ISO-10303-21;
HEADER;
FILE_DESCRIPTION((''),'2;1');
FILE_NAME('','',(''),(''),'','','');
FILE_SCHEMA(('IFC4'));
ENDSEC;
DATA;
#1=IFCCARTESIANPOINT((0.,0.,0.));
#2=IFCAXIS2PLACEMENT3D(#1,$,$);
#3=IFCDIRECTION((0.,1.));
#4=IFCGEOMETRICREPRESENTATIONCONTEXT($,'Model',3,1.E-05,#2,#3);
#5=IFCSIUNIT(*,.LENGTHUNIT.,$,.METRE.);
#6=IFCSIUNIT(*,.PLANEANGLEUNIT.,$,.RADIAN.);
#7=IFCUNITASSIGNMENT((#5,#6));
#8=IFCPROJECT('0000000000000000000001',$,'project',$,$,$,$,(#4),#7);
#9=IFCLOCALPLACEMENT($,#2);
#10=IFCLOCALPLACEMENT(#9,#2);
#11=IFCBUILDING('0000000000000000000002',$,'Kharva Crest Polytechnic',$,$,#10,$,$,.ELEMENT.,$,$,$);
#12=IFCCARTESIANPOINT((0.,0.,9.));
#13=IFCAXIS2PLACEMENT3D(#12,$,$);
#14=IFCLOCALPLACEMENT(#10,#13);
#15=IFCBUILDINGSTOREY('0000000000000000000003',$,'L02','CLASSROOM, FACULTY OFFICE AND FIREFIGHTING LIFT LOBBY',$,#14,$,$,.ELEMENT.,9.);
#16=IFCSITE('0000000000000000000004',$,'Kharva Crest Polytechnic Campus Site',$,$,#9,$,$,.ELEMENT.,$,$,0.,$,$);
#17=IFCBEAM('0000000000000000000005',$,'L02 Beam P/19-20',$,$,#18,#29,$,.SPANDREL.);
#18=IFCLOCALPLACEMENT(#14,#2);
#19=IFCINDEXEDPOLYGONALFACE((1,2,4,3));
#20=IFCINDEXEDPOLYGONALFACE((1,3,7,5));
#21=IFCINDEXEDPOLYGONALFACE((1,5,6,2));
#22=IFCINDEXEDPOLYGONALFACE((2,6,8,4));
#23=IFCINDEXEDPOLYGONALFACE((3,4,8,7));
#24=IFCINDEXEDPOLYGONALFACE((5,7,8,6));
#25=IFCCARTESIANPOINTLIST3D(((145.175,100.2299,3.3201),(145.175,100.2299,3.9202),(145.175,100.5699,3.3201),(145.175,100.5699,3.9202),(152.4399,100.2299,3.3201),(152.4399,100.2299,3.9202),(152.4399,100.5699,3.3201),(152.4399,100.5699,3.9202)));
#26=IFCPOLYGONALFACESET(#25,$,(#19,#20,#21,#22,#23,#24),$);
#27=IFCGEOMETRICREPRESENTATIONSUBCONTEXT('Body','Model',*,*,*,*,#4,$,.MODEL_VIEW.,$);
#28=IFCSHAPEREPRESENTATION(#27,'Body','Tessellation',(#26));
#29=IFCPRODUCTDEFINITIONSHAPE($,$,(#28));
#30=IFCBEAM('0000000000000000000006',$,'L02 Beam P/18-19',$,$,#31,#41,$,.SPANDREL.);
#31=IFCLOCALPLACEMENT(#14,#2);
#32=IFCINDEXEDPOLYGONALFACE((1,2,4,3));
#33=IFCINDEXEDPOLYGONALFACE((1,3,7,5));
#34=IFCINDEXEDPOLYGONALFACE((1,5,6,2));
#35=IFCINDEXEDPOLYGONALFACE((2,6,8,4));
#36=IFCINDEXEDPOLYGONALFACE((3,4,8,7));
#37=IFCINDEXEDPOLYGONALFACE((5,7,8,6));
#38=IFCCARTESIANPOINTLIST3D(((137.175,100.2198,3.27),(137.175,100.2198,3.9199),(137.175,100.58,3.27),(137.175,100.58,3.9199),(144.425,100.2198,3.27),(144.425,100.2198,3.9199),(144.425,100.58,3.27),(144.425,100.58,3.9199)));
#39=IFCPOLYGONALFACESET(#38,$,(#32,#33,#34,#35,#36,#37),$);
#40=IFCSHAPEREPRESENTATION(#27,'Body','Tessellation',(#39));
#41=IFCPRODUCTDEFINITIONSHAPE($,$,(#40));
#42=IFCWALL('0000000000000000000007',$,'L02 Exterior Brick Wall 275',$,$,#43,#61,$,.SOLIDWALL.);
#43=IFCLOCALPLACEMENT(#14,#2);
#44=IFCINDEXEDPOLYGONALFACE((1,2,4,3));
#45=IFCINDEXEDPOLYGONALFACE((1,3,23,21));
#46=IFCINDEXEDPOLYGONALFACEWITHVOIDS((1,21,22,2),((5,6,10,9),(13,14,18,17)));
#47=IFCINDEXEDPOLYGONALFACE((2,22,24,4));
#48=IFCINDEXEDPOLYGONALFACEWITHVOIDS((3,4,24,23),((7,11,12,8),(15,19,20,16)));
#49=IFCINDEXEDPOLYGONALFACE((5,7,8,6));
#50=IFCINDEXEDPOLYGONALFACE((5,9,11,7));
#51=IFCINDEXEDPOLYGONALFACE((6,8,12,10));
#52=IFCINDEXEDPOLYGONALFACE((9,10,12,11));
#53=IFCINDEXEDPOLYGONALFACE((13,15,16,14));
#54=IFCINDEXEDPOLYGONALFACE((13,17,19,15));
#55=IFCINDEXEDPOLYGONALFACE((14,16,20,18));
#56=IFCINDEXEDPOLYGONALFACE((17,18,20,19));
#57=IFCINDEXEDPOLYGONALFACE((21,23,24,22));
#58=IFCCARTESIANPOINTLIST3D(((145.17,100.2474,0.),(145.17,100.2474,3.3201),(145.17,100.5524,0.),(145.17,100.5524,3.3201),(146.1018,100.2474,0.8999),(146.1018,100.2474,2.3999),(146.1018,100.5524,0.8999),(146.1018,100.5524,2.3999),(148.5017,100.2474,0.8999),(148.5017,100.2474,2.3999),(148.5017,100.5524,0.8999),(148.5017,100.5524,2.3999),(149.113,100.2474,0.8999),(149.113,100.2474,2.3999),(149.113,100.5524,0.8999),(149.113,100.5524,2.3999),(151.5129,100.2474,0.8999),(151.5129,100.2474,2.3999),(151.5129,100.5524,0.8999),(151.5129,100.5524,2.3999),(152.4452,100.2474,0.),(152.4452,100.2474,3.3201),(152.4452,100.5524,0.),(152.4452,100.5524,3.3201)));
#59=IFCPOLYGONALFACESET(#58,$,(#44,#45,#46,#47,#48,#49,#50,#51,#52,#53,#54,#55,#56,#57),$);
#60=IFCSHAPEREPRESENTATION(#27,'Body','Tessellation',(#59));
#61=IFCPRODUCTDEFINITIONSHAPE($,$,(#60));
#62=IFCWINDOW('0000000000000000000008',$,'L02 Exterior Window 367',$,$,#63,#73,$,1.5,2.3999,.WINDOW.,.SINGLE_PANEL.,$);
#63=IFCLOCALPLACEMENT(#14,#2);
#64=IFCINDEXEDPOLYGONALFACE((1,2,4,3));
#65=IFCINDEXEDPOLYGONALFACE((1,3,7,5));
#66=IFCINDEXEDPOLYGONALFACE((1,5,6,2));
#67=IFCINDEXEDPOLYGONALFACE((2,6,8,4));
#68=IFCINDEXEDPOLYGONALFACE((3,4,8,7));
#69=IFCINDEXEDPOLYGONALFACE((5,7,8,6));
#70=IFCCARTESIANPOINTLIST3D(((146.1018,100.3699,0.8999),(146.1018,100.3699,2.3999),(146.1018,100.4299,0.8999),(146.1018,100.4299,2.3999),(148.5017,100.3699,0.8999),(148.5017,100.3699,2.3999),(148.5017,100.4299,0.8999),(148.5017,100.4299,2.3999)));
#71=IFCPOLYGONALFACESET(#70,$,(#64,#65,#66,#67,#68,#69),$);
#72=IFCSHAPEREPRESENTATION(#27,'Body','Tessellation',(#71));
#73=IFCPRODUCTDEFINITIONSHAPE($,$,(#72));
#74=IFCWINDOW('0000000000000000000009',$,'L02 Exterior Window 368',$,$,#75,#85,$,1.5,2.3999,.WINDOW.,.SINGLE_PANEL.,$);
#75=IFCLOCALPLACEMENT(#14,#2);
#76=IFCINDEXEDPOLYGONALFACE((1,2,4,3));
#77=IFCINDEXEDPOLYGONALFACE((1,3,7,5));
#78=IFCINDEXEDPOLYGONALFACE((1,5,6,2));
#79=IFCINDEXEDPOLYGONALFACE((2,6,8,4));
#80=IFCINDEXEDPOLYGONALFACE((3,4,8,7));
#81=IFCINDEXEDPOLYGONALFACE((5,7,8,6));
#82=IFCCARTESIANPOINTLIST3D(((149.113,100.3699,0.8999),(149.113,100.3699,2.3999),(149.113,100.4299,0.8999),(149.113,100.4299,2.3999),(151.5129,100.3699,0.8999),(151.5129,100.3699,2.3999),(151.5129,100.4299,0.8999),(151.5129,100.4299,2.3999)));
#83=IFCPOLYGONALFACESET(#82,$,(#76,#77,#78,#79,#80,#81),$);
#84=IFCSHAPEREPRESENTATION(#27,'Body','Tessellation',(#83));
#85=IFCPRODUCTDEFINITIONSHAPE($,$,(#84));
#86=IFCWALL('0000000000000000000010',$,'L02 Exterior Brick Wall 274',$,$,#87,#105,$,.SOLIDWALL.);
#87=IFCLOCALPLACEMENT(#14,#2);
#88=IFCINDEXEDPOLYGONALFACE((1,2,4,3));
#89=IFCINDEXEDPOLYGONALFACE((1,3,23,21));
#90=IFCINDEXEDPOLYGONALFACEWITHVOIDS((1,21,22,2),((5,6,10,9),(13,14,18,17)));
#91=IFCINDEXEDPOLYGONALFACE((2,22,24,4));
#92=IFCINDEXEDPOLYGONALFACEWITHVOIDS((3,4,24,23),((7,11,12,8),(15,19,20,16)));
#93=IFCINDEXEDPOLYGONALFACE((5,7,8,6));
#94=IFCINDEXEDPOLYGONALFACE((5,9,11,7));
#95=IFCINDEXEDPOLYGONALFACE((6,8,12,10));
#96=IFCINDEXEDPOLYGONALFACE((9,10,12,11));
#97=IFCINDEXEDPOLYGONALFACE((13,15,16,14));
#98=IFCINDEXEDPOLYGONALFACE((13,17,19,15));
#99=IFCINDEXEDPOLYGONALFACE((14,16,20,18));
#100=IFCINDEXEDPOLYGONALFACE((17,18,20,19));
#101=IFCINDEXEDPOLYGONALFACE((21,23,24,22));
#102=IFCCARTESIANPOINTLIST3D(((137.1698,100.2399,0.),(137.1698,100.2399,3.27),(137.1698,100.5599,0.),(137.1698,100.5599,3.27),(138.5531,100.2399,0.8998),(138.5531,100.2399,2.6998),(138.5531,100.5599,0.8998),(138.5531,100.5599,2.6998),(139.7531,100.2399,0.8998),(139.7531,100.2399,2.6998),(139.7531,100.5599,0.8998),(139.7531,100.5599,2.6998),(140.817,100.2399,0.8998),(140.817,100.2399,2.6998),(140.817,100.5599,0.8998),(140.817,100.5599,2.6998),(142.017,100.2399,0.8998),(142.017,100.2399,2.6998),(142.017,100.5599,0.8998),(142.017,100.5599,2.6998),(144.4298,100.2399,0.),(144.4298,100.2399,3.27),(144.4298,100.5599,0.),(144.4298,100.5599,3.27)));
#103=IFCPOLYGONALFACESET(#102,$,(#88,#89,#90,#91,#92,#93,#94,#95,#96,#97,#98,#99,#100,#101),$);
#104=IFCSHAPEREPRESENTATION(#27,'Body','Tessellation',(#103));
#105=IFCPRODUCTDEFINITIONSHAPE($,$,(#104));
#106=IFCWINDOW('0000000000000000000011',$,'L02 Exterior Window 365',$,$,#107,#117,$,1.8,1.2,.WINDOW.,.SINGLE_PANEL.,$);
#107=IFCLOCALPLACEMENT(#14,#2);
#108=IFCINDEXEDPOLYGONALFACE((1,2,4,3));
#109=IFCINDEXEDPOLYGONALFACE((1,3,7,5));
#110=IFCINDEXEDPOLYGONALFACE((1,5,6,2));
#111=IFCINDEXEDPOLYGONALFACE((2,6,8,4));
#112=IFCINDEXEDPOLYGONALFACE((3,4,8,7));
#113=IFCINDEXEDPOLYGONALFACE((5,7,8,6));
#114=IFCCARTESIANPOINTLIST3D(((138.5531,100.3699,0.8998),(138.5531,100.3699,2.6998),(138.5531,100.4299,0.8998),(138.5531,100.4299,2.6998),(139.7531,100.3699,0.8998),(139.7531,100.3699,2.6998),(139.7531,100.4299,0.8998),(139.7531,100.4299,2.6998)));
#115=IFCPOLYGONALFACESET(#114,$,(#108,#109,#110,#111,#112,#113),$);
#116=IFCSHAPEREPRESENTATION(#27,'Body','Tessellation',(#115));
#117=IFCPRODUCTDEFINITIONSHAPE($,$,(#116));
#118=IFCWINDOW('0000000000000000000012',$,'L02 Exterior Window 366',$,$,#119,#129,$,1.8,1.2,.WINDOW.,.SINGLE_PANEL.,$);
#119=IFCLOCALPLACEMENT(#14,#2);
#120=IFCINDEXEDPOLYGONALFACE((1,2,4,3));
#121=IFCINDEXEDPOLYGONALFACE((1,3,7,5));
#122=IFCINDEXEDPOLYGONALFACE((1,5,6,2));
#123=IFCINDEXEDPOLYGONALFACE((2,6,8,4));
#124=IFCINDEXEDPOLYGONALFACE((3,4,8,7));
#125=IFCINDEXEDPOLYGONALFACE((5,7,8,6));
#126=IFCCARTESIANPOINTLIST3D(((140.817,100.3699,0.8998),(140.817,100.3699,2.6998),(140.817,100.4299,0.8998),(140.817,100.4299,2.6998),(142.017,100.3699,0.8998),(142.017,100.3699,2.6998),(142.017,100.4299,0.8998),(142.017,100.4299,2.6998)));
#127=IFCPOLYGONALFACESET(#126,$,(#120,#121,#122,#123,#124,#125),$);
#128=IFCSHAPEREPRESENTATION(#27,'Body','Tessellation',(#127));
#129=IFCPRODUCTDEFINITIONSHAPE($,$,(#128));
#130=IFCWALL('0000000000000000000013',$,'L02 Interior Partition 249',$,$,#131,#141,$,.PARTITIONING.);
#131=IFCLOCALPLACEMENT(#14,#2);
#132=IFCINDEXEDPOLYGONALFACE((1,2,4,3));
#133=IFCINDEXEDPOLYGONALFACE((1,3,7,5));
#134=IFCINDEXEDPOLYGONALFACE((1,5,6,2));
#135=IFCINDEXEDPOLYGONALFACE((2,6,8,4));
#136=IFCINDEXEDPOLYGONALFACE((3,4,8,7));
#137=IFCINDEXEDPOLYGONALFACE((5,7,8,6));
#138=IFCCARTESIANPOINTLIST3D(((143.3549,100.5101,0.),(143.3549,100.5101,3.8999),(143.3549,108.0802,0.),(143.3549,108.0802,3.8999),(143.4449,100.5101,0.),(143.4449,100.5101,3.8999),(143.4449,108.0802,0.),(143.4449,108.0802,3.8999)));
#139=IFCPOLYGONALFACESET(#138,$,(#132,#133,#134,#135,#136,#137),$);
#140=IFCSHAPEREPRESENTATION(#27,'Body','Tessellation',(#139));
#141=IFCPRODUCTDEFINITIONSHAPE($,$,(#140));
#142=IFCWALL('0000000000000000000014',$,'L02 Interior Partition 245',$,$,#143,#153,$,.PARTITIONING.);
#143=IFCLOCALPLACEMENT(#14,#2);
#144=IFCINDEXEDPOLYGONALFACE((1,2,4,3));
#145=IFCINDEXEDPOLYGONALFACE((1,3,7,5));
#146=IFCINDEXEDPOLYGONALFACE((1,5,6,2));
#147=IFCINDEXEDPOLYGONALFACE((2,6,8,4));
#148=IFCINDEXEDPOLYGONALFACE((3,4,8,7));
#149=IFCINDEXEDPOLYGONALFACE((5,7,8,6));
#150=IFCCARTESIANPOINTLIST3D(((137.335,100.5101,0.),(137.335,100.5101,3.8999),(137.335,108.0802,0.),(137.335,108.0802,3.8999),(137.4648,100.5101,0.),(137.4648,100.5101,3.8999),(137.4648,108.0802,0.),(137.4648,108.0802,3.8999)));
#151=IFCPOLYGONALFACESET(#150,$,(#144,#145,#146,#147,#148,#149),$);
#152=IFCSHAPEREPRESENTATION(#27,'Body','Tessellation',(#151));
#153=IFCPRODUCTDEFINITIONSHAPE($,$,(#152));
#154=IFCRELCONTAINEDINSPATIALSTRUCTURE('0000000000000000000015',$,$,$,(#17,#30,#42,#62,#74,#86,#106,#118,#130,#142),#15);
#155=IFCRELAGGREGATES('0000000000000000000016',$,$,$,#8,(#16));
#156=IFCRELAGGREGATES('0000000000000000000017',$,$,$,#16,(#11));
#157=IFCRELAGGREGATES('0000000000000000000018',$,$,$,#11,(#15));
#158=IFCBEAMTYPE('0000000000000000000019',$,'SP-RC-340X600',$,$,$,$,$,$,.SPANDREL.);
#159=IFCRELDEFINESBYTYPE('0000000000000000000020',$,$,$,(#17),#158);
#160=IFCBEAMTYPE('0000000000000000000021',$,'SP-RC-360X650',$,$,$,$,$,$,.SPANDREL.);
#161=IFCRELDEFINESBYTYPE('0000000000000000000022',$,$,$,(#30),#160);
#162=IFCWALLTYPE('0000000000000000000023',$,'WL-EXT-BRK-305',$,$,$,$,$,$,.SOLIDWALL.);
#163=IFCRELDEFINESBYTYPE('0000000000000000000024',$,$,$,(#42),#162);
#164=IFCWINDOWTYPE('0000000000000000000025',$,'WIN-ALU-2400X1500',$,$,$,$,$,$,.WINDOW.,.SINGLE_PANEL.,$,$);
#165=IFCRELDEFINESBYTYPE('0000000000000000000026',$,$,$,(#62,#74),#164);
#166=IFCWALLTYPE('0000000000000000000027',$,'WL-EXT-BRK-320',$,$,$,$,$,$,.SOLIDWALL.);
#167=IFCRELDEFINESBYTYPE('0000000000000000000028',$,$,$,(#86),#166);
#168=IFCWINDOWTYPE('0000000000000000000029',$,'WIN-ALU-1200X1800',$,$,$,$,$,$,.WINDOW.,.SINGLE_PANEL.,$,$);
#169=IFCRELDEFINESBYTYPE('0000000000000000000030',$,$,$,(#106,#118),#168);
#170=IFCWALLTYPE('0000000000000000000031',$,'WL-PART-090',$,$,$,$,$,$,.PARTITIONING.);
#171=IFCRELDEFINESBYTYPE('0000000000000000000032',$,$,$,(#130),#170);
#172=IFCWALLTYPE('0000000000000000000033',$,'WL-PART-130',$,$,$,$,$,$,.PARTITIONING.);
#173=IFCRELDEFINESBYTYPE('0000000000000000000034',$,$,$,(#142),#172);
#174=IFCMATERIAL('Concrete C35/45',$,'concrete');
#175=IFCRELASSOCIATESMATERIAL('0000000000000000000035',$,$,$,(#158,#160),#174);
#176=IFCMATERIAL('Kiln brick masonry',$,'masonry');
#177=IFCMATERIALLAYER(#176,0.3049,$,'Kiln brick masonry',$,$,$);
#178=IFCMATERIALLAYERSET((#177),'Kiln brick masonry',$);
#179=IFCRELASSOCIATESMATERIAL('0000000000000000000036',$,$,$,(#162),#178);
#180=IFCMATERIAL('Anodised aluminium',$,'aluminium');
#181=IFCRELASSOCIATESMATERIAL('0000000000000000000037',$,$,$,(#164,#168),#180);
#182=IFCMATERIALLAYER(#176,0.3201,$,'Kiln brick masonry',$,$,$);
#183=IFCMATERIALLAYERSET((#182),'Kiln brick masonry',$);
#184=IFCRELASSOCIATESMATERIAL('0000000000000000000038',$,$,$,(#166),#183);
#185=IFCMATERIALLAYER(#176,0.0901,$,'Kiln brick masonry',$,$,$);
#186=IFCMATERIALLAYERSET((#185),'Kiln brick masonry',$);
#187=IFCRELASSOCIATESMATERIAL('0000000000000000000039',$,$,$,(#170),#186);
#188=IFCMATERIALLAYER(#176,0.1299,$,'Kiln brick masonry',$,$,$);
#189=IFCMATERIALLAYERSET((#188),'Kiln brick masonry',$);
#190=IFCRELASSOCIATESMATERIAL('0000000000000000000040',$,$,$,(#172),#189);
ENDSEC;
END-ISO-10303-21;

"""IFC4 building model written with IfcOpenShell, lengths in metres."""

from ifc_helpers import new_model, si_unit, direction, frame, frame_2d, origin, origin_2d, place, context, subcontext, project, spatial, rectangle, extrude, material, layer, layer_set, material_profile, profile_set, type_object, element, fill, save


model = new_model("IFC4")

# Units and contexts
model_context = context("Model", 3, precision=1e-05, world=origin(), true_north=direction((0.0, 1.0)))
body_context = subcontext(model_context, "Body", "Model", "MODEL_VIEW")
ifc_project = project(units=[si_unit("LENGTHUNIT", "METRE"), si_unit("PLANEANGLEUNIT", "RADIAN")], contexts=[model_context])

# Site, building, storey
site_placement = place(None, origin())
site = spatial("IfcSite", under=ifc_project, at=site_placement, Name="Kharva Crest Polytechnic Campus Site", CompositionType="ELEMENT", RefElevation=0.0)
building_placement = place(site_placement, origin())
building = spatial("IfcBuilding", under=site, at=building_placement, Name="Kharva Crest Polytechnic", CompositionType="ELEMENT")
storey_placement = place(building_placement, frame((0.0, 0.0, 9.0)))
storey = spatial("IfcBuildingStorey", under=building, at=storey_placement, Name="L02", Description="CLASSROOM, FACULTY OFFICE AND FIREFIGHTING LIFT LOBBY", CompositionType="ELEMENT", Elevation=9.0)

# Beams
ifc_material_1 = material(Name="Concrete C35/45", Category="concrete")
ifc_material_profile_1 = material_profile(ifc_material_1, rectangle(XDim=0.3401, YDim=0.6001, at=origin_2d()), Name="RECT 340 X 600")
ifc_profile_set_1 = profile_set([ifc_material_profile_1], Name="Concrete C35/45")
beam_type_1 = type_object("IfcBeamType", Name="SP-RC-340X600", PredefinedType="SPANDREL", material=ifc_profile_set_1)
beam_1_placement = place(storey_placement, frame((145.175, 100.3999, 3.6201), z_axis=(1.0, 0.0, 0.0), x_axis=(0.0, 1.0, 0.0)))
element("IfcBeam", 1, at=beam_1_placement, inside=storey, type_object=beam_type_1, Name="L02 Beam P/19-20", PredefinedType="SPANDREL", context=body_context, shape_type="SweptSolid", body=[
    extrude(rectangle(XDim=0.3401, YDim=0.6001, at=origin_2d()), origin(), (0.0, 0.0, 1.0), 7.2649),
])
ifc_material_profile_2 = material_profile(ifc_material_1, rectangle(XDim=0.3601, YDim=0.6499, at=origin_2d()), Name="RECT 360 X 650")
ifc_profile_set_2 = profile_set([ifc_material_profile_2], Name="Concrete C35/45")
beam_type_2 = type_object("IfcBeamType", Name="SP-RC-360X650", PredefinedType="SPANDREL", material=ifc_profile_set_2)
beam_2_placement = place(storey_placement, frame((137.175, 100.3999, 3.595), z_axis=(1.0, 0.0, 0.0), x_axis=(0.0, 1.0, 0.0)))
element("IfcBeam", 2, at=beam_2_placement, inside=storey, type_object=beam_type_2, Name="L02 Beam P/18-19", PredefinedType="SPANDREL", context=body_context, shape_type="SweptSolid", body=[
    extrude(rectangle(XDim=0.3601, YDim=0.6499, at=origin_2d()), origin(), (0.0, 0.0, 1.0), 7.25),
])

# Walls, openings, windows
ifc_material_2 = material(Name="Kiln brick masonry", Category="masonry")
ifc_layer_1 = layer(ifc_material_2, 0.3049, Name="Kiln brick masonry")
ifc_layer_set_1 = layer_set([ifc_layer_1], Name="Kiln brick masonry")
wall_type_1 = type_object("IfcWallType", Name="WL-EXT-BRK-305", PredefinedType="SOLIDWALL", material=ifc_layer_set_1)
wall_1_placement = place(storey_placement, frame((145.1699, 100.3999, 0.0), z_axis=(0.0, 0.0, 1.0), x_axis=(1.0, 0.0, 0.0)))
wall_1 = element("IfcWall", 3, at=wall_1_placement, inside=storey, type_object=wall_type_1, Name="L02 Exterior Brick Wall 275", PredefinedType="SOLIDWALL", context=body_context, shape_type="SweptSolid", body=[
    extrude(rectangle(XDim=7.2751, YDim=0.3049, at=frame_2d((3.6377, 0.0))), origin(), (0.0, 0.0, 1.0), 3.3201),
])
opening_1_placement = place(wall_1_placement, frame((0.9319, 0.0, 0.8999)))
opening_1 = element("IfcOpeningElement", 4, at=opening_1_placement, cuts=wall_1, PredefinedType="OPENING", context=body_context, shape_type="SweptSolid", body=[
    extrude(rectangle(XDim=2.3999, YDim=1.5, at=frame_2d((1.2, 0.75))), frame((0.0, 0.1624, 0.0), z_axis=(0.0, -1.0, 0.0), x_axis=(1.0, 0.0, 0.0)), (0.0, 0.0, 1.0), 0.325),
])
opening_2_placement = place(wall_1_placement, frame((3.9431, 0.0, 0.8999)))
opening_2 = element("IfcOpeningElement", 5, at=opening_2_placement, cuts=wall_1, PredefinedType="OPENING", context=body_context, shape_type="SweptSolid", body=[
    extrude(rectangle(XDim=2.3999, YDim=1.5, at=frame_2d((1.2, 0.75))), frame((0.0, 0.1624, 0.0), z_axis=(0.0, -1.0, 0.0), x_axis=(1.0, 0.0, 0.0)), (0.0, 0.0, 1.0), 0.325),
])
ifc_material_3 = material(Name="Anodised aluminium", Category="aluminium")
window_type_1 = type_object("IfcWindowType", Name="WIN-ALU-2400X1500", PartitioningType="SINGLE_PANEL", PredefinedType="WINDOW", material=ifc_material_3)
window_1_placement = place(opening_1_placement, origin())
window_1 = element("IfcWindow", 6, at=window_1_placement, inside=storey, type_object=window_type_1, Name="L02 Exterior Window 367", OverallHeight=1.5, OverallWidth=2.3999, PartitioningType="SINGLE_PANEL", PredefinedType="WINDOW", context=body_context, shape_type="SweptSolid", body=[
    extrude(rectangle(XDim=2.3999, YDim=1.5, at=frame_2d((1.2, 0.75))), frame((0.0, 0.03, 0.0), z_axis=(0.0, -1.0, 0.0), x_axis=(1.0, 0.0, 0.0)), (0.0, 0.0, 1.0), 0.0601),
])
fill(opening_1, window_1)
window_2_placement = place(opening_2_placement, origin())
window_2 = element("IfcWindow", 7, at=window_2_placement, inside=storey, type_object=window_type_1, Name="L02 Exterior Window 368", OverallHeight=1.5, OverallWidth=2.3999, PartitioningType="SINGLE_PANEL", PredefinedType="WINDOW", context=body_context, shape_type="SweptSolid", body=[
    extrude(rectangle(XDim=2.3999, YDim=1.5, at=frame_2d((1.2, 0.75))), frame((0.0, 0.03, 0.0), z_axis=(0.0, -1.0, 0.0), x_axis=(1.0, 0.0, 0.0)), (0.0, 0.0, 1.0), 0.0601),
])
fill(opening_2, window_2)
ifc_layer_2 = layer(ifc_material_2, 0.3201, Name="Kiln brick masonry")
ifc_layer_set_2 = layer_set([ifc_layer_2], Name="Kiln brick masonry")
wall_type_2 = type_object("IfcWallType", Name="WL-EXT-BRK-320", PredefinedType="SOLIDWALL", material=ifc_layer_set_2)
wall_2_placement = place(storey_placement, frame((137.1699, 100.3999, 0.0), z_axis=(0.0, 0.0, 1.0), x_axis=(1.0, 0.0, 0.0)))
wall_2 = element("IfcWall", 8, at=wall_2_placement, inside=storey, type_object=wall_type_2, Name="L02 Exterior Brick Wall 274", PredefinedType="SOLIDWALL", context=body_context, shape_type="SweptSolid", body=[
    extrude(rectangle(XDim=7.26, YDim=0.3201, at=frame_2d((3.6299, 0.0))), origin(), (0.0, 0.0, 1.0), 3.27),
])
opening_3_placement = place(wall_2_placement, frame((1.3831, 0.0, 0.8999)))
opening_3 = element("IfcOpeningElement", 9, at=opening_3_placement, cuts=wall_2, PredefinedType="OPENING", context=body_context, shape_type="SweptSolid", body=[
    extrude(rectangle(XDim=1.2, YDim=1.8, at=frame_2d((0.6001, 0.8999))), frame((0.0, 0.1699, 0.0), z_axis=(0.0, -1.0, 0.0), x_axis=(1.0, 0.0, 0.0)), (0.0, 0.0, 1.0), 0.3401),
])
opening_4_placement = place(wall_2_placement, frame((3.647, 0.0, 0.8999)))
opening_4 = element("IfcOpeningElement", 10, at=opening_4_placement, cuts=wall_2, PredefinedType="OPENING", context=body_context, shape_type="SweptSolid", body=[
    extrude(rectangle(XDim=1.2, YDim=1.8, at=frame_2d((0.6001, 0.8999))), frame((0.0, 0.1699, 0.0), z_axis=(0.0, -1.0, 0.0), x_axis=(1.0, 0.0, 0.0)), (0.0, 0.0, 1.0), 0.3401),
])
window_type_2 = type_object("IfcWindowType", Name="WIN-ALU-1200X1800", PartitioningType="SINGLE_PANEL", PredefinedType="WINDOW", material=ifc_material_3)
window_3_placement = place(opening_3_placement, origin())
window_3 = element("IfcWindow", 11, at=window_3_placement, inside=storey, type_object=window_type_2, Name="L02 Exterior Window 365", OverallHeight=1.8, OverallWidth=1.2, PartitioningType="SINGLE_PANEL", PredefinedType="WINDOW", context=body_context, shape_type="SweptSolid", body=[
    extrude(rectangle(XDim=1.2, YDim=1.8, at=frame_2d((0.6001, 0.8999))), frame((0.0, 0.03, 0.0), z_axis=(0.0, -1.0, 0.0), x_axis=(1.0, 0.0, 0.0)), (0.0, 0.0, 1.0), 0.0601),
])
fill(opening_3, window_3)
window_4_placement = place(opening_4_placement, origin())
window_4 = element("IfcWindow", 12, at=window_4_placement, inside=storey, type_object=window_type_2, Name="L02 Exterior Window 366", OverallHeight=1.8, OverallWidth=1.2, PartitioningType="SINGLE_PANEL", PredefinedType="WINDOW", context=body_context, shape_type="SweptSolid", body=[
    extrude(rectangle(XDim=1.2, YDim=1.8, at=frame_2d((0.6001, 0.8999))), frame((0.0, 0.03, 0.0), z_axis=(0.0, -1.0, 0.0), x_axis=(1.0, 0.0, 0.0)), (0.0, 0.0, 1.0), 0.0601),
])
fill(opening_4, window_4)

# Walls
ifc_layer_3 = layer(ifc_material_2, 0.0901, Name="Kiln brick masonry")
ifc_layer_set_3 = layer_set([ifc_layer_3], Name="Kiln brick masonry")
wall_type_3 = type_object("IfcWallType", Name="WL-PART-090", PredefinedType="PARTITIONING", material=ifc_layer_set_3)
wall_3_placement = place(storey_placement, frame((143.3999, 100.51, 0.0), z_axis=(0.0, 0.0, 1.0), x_axis=(0.0, 1.0, 0.0)))
element("IfcWall", 13, at=wall_3_placement, inside=storey, type_object=wall_type_3, Name="L02 Interior Partition 249", PredefinedType="PARTITIONING", context=body_context, shape_type="SweptSolid", body=[
    extrude(rectangle(XDim=7.5701, YDim=0.0901, at=frame_2d((3.7852, 0.0))), origin(), (0.0, 0.0, 1.0), 3.8999),
])
ifc_layer_4 = layer(ifc_material_2, 0.1299, Name="Kiln brick masonry")
ifc_layer_set_4 = layer_set([ifc_layer_4], Name="Kiln brick masonry")
wall_type_4 = type_object("IfcWallType", Name="WL-PART-130", PredefinedType="PARTITIONING", material=ifc_layer_set_4)
wall_4_placement = place(storey_placement, frame((137.3999, 100.51, 0.0), z_axis=(0.0, 0.0, 1.0), x_axis=(0.0, 1.0, 0.0)))
element("IfcWall", 14, at=wall_4_placement, inside=storey, type_object=wall_type_4, Name="L02 Interior Partition 245", PredefinedType="PARTITIONING", context=body_context, shape_type="SweptSolid", body=[
    extrude(rectangle(XDim=7.5701, YDim=0.1299, at=frame_2d((3.7852, 0.0))), origin(), (0.0, 0.0, 1.0), 3.8999),
])

save(model, "model.ifc")
